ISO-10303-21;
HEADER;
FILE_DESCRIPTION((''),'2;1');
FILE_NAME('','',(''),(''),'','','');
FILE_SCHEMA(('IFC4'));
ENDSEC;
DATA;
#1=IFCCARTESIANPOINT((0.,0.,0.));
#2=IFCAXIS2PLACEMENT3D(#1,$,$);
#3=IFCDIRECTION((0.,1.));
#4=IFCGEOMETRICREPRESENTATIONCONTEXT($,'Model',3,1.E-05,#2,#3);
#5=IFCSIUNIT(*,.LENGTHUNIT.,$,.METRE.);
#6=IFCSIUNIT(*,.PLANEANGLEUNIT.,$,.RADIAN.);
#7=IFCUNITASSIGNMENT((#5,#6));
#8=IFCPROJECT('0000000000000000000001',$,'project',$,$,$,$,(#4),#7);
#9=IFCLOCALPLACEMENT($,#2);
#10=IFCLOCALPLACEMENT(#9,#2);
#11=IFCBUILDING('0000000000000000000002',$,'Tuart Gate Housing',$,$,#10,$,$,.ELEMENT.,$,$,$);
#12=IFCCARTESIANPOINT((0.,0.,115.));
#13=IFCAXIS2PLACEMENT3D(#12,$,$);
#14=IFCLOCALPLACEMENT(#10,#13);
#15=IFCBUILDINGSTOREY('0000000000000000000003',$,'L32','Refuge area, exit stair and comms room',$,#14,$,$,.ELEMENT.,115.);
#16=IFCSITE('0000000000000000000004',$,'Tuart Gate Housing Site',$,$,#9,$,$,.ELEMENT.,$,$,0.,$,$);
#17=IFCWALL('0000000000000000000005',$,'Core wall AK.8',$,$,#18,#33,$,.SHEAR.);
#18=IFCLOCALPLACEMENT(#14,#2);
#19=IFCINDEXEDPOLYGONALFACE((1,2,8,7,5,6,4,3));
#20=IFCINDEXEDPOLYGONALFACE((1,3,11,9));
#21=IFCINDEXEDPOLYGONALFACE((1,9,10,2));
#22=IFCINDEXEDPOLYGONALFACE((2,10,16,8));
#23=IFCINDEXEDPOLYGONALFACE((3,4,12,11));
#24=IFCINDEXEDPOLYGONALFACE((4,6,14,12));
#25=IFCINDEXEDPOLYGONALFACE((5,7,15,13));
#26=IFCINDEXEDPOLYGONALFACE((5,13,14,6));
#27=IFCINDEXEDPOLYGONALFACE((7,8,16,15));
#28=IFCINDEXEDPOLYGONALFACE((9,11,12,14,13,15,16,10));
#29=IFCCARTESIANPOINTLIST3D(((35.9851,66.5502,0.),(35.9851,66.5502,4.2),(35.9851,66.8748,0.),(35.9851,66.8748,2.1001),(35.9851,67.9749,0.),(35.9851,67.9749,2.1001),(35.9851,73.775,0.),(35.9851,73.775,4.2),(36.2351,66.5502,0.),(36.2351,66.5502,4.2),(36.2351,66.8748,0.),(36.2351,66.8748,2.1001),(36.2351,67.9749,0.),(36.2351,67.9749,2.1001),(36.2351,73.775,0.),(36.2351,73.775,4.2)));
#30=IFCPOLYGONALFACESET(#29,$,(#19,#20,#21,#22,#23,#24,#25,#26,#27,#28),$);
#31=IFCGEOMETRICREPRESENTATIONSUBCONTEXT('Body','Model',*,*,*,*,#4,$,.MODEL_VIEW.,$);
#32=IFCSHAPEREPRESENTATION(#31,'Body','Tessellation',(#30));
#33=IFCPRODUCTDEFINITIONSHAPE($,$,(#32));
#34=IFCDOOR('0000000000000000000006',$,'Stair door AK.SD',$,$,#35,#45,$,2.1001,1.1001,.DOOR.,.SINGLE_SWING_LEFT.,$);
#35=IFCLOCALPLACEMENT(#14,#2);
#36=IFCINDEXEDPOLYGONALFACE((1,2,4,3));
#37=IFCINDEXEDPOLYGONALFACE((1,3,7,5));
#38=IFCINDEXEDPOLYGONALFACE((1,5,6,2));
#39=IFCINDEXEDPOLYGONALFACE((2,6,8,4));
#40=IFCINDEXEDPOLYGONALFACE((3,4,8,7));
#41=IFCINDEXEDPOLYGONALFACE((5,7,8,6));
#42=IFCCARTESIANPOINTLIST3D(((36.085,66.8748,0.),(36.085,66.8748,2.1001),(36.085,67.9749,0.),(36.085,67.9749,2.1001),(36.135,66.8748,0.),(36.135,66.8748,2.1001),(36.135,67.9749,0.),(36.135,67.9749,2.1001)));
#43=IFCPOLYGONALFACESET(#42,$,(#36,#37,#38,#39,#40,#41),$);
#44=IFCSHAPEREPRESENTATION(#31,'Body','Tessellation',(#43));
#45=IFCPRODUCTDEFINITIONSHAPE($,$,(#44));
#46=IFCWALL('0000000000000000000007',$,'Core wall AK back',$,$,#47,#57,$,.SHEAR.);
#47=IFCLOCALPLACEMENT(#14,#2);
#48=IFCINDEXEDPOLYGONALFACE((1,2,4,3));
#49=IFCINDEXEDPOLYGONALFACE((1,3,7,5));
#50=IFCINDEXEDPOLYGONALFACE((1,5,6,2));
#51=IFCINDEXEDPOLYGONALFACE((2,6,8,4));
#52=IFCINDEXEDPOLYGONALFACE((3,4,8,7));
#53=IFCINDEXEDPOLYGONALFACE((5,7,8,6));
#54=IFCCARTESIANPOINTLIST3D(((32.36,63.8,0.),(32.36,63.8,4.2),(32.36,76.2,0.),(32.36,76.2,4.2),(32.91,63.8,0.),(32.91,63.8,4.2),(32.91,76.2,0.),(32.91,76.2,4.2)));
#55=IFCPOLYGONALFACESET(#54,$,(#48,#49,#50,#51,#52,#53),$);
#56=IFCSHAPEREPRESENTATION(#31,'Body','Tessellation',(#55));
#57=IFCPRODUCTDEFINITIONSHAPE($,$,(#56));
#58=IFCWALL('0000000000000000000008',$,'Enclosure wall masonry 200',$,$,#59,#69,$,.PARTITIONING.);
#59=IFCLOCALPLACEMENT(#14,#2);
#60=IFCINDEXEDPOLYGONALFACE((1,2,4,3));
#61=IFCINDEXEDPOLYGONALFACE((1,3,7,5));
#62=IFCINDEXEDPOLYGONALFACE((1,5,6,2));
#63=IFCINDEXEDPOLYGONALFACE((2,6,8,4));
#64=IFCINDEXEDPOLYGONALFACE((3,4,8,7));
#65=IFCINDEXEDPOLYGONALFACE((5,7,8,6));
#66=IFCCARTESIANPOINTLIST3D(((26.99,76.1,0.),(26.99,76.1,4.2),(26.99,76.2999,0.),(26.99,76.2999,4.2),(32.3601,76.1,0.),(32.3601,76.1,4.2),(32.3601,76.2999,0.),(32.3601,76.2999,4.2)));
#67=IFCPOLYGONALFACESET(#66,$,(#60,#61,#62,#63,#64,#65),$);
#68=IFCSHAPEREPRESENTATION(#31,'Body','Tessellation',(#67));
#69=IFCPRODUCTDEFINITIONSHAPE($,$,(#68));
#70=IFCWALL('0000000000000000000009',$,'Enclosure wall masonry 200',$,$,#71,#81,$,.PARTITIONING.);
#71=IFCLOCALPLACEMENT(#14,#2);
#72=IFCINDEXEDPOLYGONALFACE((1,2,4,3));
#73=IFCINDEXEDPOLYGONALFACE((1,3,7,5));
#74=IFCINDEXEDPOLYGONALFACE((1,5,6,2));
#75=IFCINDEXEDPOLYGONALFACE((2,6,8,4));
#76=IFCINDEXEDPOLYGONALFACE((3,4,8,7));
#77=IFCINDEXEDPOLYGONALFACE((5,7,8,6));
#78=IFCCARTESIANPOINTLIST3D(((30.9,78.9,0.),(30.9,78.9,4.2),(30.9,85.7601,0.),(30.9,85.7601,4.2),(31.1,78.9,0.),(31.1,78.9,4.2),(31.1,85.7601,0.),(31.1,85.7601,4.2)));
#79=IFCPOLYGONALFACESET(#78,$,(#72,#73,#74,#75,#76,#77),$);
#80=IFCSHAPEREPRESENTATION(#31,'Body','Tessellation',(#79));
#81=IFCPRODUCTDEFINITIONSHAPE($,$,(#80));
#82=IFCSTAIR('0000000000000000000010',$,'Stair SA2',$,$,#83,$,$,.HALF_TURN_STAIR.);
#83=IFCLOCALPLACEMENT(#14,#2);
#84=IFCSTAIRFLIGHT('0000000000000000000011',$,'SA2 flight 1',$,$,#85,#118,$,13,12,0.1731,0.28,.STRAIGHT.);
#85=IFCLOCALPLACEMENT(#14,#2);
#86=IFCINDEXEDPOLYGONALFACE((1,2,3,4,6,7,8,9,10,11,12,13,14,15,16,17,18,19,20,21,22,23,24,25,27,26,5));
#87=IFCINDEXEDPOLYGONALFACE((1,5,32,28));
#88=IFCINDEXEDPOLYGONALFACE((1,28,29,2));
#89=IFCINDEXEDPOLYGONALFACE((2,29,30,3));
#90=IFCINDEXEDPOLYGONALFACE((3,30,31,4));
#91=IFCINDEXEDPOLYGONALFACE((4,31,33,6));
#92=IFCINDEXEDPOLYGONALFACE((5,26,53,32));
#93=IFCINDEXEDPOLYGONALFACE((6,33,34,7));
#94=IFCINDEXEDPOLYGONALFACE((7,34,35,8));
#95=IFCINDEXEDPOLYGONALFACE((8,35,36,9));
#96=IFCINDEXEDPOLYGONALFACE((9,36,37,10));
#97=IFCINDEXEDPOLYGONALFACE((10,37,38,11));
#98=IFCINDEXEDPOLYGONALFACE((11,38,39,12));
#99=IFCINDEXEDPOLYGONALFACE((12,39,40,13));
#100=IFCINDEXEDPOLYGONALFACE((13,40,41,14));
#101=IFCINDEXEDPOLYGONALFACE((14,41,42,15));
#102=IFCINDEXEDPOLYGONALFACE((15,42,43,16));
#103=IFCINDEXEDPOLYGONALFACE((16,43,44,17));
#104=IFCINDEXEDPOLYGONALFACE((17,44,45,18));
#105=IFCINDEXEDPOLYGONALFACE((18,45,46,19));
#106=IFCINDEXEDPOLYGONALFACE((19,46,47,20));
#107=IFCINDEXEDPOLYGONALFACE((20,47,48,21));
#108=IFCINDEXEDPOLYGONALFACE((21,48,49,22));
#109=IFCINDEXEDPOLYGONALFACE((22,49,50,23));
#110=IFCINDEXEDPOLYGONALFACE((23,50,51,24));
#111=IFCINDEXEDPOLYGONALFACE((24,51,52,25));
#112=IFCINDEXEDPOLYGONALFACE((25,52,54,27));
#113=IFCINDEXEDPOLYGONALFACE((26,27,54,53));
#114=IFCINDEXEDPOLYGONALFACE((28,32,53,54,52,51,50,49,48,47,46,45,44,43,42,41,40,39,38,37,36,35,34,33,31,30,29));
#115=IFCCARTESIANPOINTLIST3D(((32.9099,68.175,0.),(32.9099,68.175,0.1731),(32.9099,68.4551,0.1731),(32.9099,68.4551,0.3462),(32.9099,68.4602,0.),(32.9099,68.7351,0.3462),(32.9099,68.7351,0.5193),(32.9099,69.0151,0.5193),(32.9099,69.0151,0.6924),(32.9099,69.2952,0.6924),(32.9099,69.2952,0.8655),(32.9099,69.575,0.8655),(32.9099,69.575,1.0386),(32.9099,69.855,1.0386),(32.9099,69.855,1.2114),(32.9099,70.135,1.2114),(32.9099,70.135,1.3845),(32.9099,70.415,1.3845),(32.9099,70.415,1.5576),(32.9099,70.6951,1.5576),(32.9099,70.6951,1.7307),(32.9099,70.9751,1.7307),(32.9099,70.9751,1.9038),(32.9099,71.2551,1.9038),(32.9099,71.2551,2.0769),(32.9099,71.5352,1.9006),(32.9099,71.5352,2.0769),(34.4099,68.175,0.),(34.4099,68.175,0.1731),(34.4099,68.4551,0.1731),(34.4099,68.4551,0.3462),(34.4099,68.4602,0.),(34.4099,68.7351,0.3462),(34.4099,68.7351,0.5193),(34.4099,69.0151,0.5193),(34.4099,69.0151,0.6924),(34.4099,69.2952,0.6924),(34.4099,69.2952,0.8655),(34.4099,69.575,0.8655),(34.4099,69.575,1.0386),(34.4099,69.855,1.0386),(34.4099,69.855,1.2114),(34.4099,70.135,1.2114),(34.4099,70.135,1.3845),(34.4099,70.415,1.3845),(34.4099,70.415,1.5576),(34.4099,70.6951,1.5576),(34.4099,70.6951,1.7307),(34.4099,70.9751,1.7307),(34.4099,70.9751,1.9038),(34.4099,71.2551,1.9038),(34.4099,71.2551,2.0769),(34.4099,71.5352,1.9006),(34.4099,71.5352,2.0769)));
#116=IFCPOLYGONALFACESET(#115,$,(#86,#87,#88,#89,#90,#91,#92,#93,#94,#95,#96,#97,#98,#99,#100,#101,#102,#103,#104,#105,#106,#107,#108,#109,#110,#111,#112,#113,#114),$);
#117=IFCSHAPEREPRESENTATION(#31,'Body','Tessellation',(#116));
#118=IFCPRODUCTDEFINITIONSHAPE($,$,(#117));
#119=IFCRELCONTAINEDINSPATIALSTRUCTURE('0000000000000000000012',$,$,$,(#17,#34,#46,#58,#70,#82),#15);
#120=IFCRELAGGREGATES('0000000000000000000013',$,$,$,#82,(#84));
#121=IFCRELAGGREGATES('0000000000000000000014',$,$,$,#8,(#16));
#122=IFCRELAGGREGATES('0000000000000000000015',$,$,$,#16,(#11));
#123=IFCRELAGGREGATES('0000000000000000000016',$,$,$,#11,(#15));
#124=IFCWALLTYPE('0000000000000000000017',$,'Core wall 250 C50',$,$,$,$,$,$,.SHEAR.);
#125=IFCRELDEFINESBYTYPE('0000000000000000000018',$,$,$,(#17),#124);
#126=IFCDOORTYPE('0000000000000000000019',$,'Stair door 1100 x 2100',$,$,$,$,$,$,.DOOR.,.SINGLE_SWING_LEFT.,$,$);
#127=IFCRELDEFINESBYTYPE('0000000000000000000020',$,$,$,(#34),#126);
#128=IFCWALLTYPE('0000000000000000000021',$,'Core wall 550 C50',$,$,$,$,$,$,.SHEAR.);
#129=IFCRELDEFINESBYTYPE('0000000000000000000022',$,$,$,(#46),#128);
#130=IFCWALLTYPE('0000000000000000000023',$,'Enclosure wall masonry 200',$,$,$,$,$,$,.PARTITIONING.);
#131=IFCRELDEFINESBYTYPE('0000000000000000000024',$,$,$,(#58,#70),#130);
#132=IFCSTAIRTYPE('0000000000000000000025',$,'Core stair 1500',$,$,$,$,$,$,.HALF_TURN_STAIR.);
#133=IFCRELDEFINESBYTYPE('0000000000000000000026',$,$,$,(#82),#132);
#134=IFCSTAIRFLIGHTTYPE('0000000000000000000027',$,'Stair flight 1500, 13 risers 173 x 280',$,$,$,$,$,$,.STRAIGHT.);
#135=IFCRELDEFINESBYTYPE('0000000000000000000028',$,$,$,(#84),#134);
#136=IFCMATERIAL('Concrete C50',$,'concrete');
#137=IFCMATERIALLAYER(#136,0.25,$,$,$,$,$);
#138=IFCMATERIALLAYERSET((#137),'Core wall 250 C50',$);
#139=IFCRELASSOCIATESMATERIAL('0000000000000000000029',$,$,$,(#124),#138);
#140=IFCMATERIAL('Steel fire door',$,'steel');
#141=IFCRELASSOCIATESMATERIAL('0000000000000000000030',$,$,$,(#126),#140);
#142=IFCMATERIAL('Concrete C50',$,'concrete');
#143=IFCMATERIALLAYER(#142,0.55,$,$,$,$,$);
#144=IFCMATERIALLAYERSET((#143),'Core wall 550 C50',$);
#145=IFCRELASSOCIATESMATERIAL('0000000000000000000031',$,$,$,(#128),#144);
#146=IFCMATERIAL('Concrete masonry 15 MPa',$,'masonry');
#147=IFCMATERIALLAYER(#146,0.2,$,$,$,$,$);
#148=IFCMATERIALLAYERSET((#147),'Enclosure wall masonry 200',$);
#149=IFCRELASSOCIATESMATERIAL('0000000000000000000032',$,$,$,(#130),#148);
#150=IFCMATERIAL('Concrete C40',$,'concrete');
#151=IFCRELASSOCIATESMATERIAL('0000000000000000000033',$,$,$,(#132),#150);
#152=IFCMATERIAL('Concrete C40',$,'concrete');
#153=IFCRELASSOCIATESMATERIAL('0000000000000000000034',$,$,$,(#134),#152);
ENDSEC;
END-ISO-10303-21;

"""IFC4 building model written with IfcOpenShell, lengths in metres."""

from ifc_helpers import new_model, si_unit, direction, frame, frame_2d, origin, place, context, subcontext, project, spatial, polyline, rectangle, outline, extrude, material, layer, layer_set, type_object, element, fill, aggregate, save


model = new_model("IFC4")

# Units and contexts
model_context = context("Model", 3, precision=1e-05, world=origin(), true_north=direction((0.0, 1.0)))
body_context = subcontext(model_context, "Body", "Model", "MODEL_VIEW")
ifc_project = project(units=[si_unit("LENGTHUNIT", "METRE"), si_unit("PLANEANGLEUNIT", "RADIAN")], contexts=[model_context])

# Site, building, storey
site_placement = place(None, origin())
site = spatial("IfcSite", under=ifc_project, at=site_placement, Name="Tuart Gate Housing Site", CompositionType="ELEMENT", RefElevation=0.0)
building_placement = place(site_placement, origin())
building = spatial("IfcBuilding", under=site, at=building_placement, Name="Tuart Gate Housing", CompositionType="ELEMENT")
storey_placement = place(building_placement, frame((0.0, 0.0, 115.0)))
storey = spatial("IfcBuildingStorey", under=building, at=storey_placement, Name="L32", Description="Refuge area, exit stair and comms room", CompositionType="ELEMENT", Elevation=115.0)

# Shared definitions
ifc_material_1 = material(Name="Concrete C50", Category="concrete")
ifc_layer_1 = layer(ifc_material_1, 0.25)
ifc_layer_set_1 = layer_set([ifc_layer_1], Name="Core wall 250 C50")
wall_type_1 = type_object("IfcWallType", Name="Core wall 250 C50", PredefinedType="SHEAR", material=ifc_layer_set_1)

# Wall, opening, door
wall_1_placement = place(storey_placement, frame((36.1101, 73.7749, 0.0), z_axis=(0.0, 0.0, 1.0), x_axis=(0.0, -1.0, 0.0)))
wall_1 = element("IfcWall", 1, at=wall_1_placement, inside=storey, type_object=wall_type_1, Name="Core wall AK.8", PredefinedType="SHEAR", context=body_context, shape_type="SweptSolid", body=[
    extrude(rectangle(XDim=7.2249, YDim=0.25, at=frame_2d((3.6123, 0.0))), origin(), (0.0, 0.0, 1.0), 4.2),
])
opening_1_placement = place(wall_1_placement, frame((5.8, 0.0, 0.0)))
opening_1 = element("IfcOpeningElement", 2, at=opening_1_placement, cuts=wall_1, PredefinedType="OPENING", context=body_context, shape_type="SweptSolid", body=[
    extrude(rectangle(XDim=1.1001, YDim=2.1001, at=frame_2d((0.55, 1.05))), frame((0.0, 0.135, 0.0), z_axis=(0.0, -1.0, 0.0), x_axis=(1.0, 0.0, 0.0)), (0.0, 0.0, 1.0), 0.27),
])
ifc_material_2 = material(Name="Steel fire door", Category="steel")
door_type_1 = type_object("IfcDoorType", Name="Stair door 1100 x 2100", OperationType="SINGLE_SWING_LEFT", PredefinedType="DOOR", material=ifc_material_2)
door_1_placement = place(opening_1_placement, frame((1.1001, 0.0, 0.0), z_axis=(0.0, 0.0, 1.0), x_axis=(-1.0, 0.0, 0.0)))
door_1 = element("IfcDoor", 3, at=door_1_placement, inside=storey, type_object=door_type_1, Name="Stair door AK.SD", OperationType="SINGLE_SWING_LEFT", OverallHeight=2.1001, OverallWidth=1.1001, PredefinedType="DOOR", context=body_context, shape_type="SweptSolid", body=[
    extrude(rectangle(XDim=1.1001, YDim=2.1001, at=frame_2d((0.55, 1.05))), frame((0.0, 0.0251, 0.0), z_axis=(0.0, -1.0, 0.0), x_axis=(1.0, 0.0, 0.0)), (0.0, 0.0, 1.0), 0.05),
])
fill(opening_1, door_1)

# Walls
ifc_material_3 = material(Name="Concrete C50", Category="concrete")
ifc_layer_2 = layer(ifc_material_3, 0.55)
ifc_layer_set_2 = layer_set([ifc_layer_2], Name="Core wall 550 C50")
wall_type_2 = type_object("IfcWallType", Name="Core wall 550 C50", PredefinedType="SHEAR", material=ifc_layer_set_2)
wall_2_placement = place(storey_placement, frame((32.635, 76.2, 0.0), z_axis=(0.0, 0.0, 1.0), x_axis=(0.0, -1.0, 0.0)))
element("IfcWall", 4, at=wall_2_placement, inside=storey, type_object=wall_type_2, Name="Core wall AK back", PredefinedType="SHEAR", context=body_context, shape_type="SweptSolid", body=[
    extrude(rectangle(XDim=12.3999, YDim=0.55, at=frame_2d((6.2, 0.0))), origin(), (0.0, 0.0, 1.0), 4.2),
])
ifc_material_4 = material(Name="Concrete masonry 15 MPa", Category="masonry")
ifc_layer_3 = layer(ifc_material_4, 0.2)
ifc_layer_set_3 = layer_set([ifc_layer_3], Name="Enclosure wall masonry 200")
wall_type_3 = type_object("IfcWallType", Name="Enclosure wall masonry 200", PredefinedType="PARTITIONING", material=ifc_layer_set_3)
wall_3_placement = place(storey_placement, frame((26.99, 76.2, 0.0), z_axis=(0.0, 0.0, 1.0), x_axis=(1.0, 0.0, 0.0)))
element("IfcWall", 5, at=wall_3_placement, inside=storey, type_object=wall_type_3, Name="Enclosure wall masonry 200", PredefinedType="PARTITIONING", context=body_context, shape_type="SweptSolid", body=[
    extrude(rectangle(XDim=5.3701, YDim=0.2, at=frame_2d((2.6851, 0.0))), origin(), (0.0, 0.0, 1.0), 4.2),
])
wall_4_placement = place(storey_placement, frame((31.0, 78.8999, 0.0), z_axis=(0.0, 0.0, 1.0), x_axis=(0.0, 1.0, 0.0)))
element("IfcWall", 6, at=wall_4_placement, inside=storey, type_object=wall_type_3, Name="Enclosure wall masonry 200", PredefinedType="PARTITIONING", context=body_context, shape_type="SweptSolid", body=[
    extrude(rectangle(XDim=6.8601, YDim=0.2, at=frame_2d((3.4302, 0.0))), origin(), (0.0, 0.0, 1.0), 4.2),
])

# Stair, stair flight
ifc_material_5 = material(Name="Concrete C40", Category="concrete")
stair_type = type_object("IfcStairType", Name="Core stair 1500", PredefinedType="HALF_TURN_STAIR", material=ifc_material_5)
stair_placement = place(storey_placement, origin())
stair = element("IfcStair", 7, at=stair_placement, inside=storey, type_object=stair_type, Name="Stair SA2", PredefinedType="HALF_TURN_STAIR")
ifc_material_6 = material(Name="Concrete C40", Category="concrete")
stair_flight_type = type_object("IfcStairFlightType", Name="Stair flight 1500, 13 risers 173 x 280", PredefinedType="STRAIGHT", material=ifc_material_6)
stair_flight_placement = place(storey_placement, frame((33.6599, 68.175, 0.0), z_axis=(0.0, 0.0, 1.0), x_axis=(0.0, 1.0, 0.0)))
stair_flight = element("IfcStairFlight", 8, at=stair_flight_placement, type_object=stair_flight_type, Name="SA2 flight 1", NumberOfRisers=13, NumberOfTreads=12, PredefinedType="STRAIGHT", RiserHeight=0.1731, TreadLength=0.28, context=body_context, shape_type="SweptSolid", body=[
    extrude(outline(polyline([(0.0, 0.0), (0.0, 0.1731), (0.28, 0.1731), (0.28, 0.3462), (0.5601, 0.3462), (0.5601, 0.5193), (0.8401, 0.5193), (0.8401, 0.6924), (1.1201, 0.6924), (1.1201, 0.8655), (1.3999, 0.8655), (1.3999, 1.0386), (1.6799, 1.0386), (1.6799, 1.2114), (1.96, 1.2114), (1.96, 1.3845), (2.24, 1.3845), (2.24, 1.5576), (2.52, 1.5576), (2.52, 1.7307), (2.8, 1.7307), (2.8, 1.9038), (3.0801, 1.9038), (3.0801, 2.0769), (3.3601, 2.0769), (3.3601, 2.25), (3.3601, 1.9006), (0.2852, 0.0), (0.0, 0.0)])), frame((0.0, 0.75, 0.0), z_axis=(0.0, -1.0, 0.0), x_axis=(1.0, 0.0, 0.0)), (0.0, 0.0, 1.0), 1.5),
])
aggregate(stair, [stair_flight])

save(model, "model.ifc")
